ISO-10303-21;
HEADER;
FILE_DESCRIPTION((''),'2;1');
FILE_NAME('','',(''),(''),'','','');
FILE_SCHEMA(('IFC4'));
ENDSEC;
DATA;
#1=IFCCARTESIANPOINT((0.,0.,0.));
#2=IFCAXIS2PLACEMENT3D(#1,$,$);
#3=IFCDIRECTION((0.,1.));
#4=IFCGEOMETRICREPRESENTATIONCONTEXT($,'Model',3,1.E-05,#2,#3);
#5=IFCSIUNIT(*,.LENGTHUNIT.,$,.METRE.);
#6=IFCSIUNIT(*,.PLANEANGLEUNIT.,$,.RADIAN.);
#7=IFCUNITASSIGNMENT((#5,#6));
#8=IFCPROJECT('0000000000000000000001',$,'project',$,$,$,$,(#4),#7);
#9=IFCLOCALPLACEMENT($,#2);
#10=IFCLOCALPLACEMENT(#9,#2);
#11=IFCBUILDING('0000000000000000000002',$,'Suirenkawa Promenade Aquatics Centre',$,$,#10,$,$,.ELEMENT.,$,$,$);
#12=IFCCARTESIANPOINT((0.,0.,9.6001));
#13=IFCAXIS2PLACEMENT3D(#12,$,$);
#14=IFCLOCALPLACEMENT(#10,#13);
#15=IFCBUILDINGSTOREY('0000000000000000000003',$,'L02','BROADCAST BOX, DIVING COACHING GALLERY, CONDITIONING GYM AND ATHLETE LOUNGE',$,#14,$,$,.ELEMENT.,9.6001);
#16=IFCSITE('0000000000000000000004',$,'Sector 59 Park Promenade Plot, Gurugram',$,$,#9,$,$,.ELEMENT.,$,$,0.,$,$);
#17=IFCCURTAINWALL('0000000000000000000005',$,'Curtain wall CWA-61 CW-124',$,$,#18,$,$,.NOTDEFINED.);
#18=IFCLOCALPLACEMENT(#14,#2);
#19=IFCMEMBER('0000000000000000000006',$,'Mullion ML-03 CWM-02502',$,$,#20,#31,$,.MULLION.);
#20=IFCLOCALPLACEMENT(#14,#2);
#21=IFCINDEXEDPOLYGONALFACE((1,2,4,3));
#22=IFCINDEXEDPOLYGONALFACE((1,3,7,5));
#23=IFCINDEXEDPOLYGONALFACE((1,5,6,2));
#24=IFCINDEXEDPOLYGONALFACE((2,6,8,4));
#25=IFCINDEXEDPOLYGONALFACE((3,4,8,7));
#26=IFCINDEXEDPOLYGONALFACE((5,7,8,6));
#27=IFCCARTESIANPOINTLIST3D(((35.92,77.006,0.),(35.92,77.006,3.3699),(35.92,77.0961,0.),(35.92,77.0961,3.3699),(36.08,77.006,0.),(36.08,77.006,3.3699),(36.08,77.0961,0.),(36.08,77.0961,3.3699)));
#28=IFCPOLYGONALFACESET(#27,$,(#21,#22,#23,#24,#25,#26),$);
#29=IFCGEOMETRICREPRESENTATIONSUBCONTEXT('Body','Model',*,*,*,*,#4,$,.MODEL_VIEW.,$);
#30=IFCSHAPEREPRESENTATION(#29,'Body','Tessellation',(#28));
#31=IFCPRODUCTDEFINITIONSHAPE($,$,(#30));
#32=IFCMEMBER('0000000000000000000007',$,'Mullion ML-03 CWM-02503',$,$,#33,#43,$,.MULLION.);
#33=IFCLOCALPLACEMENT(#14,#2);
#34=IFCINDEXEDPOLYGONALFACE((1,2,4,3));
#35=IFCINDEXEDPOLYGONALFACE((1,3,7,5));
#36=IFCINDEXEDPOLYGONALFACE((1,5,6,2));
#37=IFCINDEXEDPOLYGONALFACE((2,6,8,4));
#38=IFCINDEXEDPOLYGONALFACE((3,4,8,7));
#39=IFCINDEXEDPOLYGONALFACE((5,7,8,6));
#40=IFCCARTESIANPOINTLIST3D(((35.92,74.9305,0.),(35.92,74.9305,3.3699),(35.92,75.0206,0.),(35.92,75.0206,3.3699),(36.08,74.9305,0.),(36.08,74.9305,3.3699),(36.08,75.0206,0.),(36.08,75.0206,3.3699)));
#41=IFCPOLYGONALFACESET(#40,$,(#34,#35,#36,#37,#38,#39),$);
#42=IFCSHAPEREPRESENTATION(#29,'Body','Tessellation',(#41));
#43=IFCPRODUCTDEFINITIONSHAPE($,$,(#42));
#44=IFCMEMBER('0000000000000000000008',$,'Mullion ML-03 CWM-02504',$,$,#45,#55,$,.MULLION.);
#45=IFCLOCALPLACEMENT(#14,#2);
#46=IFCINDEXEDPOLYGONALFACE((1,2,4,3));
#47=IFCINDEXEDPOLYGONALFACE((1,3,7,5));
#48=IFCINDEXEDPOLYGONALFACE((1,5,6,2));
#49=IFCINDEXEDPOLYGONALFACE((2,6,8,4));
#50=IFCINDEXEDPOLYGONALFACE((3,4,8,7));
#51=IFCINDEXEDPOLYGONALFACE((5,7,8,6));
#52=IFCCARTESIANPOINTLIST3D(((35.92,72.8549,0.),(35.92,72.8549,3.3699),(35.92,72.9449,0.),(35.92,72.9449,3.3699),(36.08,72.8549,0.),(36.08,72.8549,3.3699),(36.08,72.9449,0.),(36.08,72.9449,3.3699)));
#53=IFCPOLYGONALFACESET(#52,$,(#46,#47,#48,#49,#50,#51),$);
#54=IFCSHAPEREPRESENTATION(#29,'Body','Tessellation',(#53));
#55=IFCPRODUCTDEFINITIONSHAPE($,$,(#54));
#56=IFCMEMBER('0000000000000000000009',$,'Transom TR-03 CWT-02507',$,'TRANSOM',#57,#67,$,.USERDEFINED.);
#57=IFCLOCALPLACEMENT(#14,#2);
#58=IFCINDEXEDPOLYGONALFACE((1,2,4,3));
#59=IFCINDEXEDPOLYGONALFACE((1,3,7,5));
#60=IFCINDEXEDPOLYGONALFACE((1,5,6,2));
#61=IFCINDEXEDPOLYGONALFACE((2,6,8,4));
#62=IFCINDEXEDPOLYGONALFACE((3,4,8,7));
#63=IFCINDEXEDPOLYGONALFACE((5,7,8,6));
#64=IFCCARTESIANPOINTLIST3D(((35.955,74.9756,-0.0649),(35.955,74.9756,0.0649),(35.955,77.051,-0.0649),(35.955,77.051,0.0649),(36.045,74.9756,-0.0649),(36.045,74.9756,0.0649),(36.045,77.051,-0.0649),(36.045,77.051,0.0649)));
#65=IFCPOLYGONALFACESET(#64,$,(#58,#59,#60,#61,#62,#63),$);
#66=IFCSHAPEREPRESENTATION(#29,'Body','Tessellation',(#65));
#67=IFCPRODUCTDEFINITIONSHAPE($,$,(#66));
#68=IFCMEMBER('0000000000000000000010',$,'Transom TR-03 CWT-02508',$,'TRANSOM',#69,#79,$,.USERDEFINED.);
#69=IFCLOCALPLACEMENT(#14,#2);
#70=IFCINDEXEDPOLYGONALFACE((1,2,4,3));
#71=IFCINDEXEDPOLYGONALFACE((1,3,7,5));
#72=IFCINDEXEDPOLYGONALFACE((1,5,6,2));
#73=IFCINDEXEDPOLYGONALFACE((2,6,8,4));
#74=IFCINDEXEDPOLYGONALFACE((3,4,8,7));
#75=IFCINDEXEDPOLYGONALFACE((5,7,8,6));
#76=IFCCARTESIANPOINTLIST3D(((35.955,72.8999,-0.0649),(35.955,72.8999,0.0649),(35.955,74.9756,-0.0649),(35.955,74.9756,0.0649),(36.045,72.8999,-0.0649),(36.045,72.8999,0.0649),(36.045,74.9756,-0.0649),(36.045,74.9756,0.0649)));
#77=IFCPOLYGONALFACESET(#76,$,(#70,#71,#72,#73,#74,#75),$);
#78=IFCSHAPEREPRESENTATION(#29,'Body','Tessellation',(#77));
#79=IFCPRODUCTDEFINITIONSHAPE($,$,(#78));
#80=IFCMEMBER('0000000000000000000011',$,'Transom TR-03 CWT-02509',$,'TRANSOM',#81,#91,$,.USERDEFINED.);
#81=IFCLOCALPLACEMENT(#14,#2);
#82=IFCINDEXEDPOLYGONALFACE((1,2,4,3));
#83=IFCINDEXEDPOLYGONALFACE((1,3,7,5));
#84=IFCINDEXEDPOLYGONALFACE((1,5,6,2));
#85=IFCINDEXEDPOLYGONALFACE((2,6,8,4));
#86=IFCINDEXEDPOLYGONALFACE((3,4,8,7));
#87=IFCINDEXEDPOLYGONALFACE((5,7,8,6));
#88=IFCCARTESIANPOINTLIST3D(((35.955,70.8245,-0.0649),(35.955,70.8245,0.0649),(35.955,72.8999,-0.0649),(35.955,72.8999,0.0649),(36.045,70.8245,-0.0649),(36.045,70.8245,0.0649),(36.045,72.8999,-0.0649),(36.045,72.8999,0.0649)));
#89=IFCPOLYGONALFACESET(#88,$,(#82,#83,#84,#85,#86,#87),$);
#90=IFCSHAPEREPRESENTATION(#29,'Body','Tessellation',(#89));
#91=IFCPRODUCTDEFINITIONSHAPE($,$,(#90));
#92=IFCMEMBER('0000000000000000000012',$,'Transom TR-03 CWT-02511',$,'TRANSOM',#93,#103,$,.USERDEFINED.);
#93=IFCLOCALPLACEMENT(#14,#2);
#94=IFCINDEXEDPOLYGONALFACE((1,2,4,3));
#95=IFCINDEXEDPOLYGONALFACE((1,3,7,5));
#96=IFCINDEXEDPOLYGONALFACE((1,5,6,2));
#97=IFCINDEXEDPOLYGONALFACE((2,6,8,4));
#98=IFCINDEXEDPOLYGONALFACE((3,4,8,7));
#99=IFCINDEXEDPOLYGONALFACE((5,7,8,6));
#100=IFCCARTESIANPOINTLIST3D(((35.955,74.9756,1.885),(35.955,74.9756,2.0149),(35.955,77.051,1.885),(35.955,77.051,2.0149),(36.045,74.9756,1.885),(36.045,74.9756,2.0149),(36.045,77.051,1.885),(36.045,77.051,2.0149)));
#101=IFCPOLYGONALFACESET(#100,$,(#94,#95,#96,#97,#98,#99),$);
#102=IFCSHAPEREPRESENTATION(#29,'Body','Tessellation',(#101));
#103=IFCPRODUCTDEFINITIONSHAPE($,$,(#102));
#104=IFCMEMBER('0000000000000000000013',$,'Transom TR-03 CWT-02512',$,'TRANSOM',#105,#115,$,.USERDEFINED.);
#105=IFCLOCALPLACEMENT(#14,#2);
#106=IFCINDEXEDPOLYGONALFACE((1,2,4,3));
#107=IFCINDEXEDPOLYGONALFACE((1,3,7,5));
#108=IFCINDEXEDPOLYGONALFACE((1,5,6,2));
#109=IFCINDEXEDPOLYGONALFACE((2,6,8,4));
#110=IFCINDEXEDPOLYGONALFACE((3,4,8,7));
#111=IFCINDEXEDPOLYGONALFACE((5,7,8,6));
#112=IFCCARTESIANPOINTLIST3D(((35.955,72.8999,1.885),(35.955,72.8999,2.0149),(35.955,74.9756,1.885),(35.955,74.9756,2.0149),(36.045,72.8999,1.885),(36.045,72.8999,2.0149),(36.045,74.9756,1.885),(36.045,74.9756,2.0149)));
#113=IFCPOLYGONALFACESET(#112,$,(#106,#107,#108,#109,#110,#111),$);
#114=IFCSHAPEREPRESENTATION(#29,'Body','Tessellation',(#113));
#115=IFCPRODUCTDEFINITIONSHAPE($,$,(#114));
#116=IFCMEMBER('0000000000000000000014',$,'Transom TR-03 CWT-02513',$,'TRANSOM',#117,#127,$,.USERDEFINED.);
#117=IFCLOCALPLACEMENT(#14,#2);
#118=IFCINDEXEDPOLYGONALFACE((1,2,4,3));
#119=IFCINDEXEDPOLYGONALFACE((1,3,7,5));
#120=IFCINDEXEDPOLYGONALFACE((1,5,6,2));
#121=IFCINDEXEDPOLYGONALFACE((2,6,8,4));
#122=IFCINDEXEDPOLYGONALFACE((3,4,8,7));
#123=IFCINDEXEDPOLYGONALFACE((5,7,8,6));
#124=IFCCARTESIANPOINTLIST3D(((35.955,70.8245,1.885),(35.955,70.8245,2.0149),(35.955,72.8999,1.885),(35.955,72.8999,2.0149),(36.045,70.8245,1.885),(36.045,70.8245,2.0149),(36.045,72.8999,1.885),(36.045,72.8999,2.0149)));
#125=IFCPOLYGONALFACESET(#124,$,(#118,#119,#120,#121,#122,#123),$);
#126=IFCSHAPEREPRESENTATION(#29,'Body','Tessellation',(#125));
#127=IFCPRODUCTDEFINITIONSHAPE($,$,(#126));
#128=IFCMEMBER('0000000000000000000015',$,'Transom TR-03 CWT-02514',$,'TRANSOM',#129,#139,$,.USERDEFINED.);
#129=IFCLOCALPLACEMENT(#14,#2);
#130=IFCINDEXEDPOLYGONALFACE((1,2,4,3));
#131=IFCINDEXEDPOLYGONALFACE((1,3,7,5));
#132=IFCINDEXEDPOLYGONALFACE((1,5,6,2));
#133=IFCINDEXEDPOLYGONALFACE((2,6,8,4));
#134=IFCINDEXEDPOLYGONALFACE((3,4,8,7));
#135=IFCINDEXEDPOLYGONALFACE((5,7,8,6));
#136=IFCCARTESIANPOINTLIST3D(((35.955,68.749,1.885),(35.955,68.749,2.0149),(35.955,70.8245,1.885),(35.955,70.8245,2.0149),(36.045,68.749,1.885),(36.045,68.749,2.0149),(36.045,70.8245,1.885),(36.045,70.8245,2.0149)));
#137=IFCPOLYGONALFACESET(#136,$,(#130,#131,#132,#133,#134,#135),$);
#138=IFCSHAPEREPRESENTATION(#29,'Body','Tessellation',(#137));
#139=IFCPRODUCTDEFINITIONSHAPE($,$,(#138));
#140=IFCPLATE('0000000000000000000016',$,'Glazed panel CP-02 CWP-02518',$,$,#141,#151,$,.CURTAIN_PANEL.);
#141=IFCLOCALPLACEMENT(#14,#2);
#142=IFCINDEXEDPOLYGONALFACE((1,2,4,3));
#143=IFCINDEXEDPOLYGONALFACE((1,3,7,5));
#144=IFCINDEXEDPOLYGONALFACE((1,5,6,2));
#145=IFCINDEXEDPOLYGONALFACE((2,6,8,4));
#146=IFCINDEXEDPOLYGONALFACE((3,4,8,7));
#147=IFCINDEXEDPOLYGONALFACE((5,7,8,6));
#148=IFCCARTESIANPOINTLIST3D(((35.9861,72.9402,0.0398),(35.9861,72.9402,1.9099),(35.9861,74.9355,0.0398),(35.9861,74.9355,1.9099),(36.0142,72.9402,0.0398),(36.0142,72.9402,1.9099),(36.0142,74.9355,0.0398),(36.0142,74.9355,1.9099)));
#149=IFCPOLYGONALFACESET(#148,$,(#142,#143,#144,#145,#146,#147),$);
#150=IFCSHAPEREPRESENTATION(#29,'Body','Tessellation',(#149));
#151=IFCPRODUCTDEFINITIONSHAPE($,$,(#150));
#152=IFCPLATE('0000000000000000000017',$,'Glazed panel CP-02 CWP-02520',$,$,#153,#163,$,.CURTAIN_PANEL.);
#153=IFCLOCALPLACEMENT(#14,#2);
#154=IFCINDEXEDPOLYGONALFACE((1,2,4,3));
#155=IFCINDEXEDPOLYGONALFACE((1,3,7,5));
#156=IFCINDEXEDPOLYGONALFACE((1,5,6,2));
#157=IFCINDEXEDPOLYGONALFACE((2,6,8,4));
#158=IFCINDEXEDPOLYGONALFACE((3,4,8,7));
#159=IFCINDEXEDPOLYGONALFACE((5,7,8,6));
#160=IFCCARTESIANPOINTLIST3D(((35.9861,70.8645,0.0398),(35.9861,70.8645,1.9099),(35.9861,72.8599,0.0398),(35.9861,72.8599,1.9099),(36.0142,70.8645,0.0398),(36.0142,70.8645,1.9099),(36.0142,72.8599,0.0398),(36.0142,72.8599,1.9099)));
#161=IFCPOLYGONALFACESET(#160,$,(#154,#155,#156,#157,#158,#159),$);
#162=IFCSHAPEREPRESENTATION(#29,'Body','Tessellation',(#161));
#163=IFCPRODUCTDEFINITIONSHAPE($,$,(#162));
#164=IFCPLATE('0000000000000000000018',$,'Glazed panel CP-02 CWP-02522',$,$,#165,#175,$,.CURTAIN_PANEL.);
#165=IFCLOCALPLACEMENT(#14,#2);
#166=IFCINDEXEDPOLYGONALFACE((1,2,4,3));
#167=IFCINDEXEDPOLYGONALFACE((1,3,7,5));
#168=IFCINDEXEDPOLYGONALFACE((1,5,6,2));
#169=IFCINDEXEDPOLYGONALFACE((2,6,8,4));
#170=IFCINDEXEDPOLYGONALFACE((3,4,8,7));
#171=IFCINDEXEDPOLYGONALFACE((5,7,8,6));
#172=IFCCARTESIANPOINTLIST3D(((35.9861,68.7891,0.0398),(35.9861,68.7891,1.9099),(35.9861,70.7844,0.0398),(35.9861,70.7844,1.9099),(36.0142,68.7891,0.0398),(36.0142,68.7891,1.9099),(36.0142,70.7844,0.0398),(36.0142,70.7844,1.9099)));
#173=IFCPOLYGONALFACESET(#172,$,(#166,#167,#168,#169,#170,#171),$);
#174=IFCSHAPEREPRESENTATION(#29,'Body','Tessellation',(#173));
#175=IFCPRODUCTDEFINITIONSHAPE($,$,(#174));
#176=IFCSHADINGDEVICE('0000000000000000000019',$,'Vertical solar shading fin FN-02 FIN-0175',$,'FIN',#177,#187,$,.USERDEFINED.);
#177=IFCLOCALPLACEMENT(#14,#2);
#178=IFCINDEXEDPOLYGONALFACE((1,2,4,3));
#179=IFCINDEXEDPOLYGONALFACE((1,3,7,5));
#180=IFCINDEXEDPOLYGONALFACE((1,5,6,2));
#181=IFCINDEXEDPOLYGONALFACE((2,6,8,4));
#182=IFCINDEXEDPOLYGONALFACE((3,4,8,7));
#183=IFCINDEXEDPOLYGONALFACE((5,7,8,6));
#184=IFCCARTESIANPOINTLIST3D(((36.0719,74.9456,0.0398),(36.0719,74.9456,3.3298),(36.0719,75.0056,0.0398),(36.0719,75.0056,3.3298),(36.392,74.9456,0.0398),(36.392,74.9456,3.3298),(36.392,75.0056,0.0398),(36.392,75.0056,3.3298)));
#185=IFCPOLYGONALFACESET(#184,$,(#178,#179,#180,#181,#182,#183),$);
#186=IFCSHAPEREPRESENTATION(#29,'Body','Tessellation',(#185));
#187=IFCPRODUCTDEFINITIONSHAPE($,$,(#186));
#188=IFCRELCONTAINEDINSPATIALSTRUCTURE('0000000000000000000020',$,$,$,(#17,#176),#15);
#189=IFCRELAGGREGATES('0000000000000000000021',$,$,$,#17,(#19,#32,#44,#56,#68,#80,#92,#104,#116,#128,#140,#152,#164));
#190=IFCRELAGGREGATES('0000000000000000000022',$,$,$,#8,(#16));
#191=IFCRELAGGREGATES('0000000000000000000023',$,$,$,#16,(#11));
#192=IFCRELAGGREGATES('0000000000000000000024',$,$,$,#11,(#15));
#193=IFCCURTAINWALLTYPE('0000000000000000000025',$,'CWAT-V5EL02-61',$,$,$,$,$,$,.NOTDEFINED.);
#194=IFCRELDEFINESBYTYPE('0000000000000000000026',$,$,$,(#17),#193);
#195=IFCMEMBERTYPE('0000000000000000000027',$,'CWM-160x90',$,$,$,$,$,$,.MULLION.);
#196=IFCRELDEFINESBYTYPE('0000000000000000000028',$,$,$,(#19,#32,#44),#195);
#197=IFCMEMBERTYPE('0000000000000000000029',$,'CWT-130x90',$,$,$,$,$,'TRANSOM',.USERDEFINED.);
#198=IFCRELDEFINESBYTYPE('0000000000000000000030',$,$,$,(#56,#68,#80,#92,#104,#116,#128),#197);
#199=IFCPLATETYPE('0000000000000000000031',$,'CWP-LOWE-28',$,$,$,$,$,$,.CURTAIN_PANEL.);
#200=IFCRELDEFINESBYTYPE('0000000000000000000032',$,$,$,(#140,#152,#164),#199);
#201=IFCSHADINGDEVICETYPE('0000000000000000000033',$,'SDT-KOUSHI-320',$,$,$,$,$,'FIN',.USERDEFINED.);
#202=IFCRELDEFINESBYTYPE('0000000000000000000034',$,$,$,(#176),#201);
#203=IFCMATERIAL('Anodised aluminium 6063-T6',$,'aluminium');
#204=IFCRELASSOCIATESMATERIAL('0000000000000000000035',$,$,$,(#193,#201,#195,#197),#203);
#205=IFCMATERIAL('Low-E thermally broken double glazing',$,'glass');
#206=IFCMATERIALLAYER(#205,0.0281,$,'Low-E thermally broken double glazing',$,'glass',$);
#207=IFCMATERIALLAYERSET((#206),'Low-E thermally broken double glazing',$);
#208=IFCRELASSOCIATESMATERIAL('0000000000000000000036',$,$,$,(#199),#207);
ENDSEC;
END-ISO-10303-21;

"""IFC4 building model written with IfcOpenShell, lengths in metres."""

from ifc_helpers import new_model, si_unit, direction, frame, origin, origin_2d, place, context, subcontext, project, spatial, polyline, rectangle, outline, extrude, material, layer, layer_set, material_profile, profile_set, type_object, element, aggregate, save


model = new_model("IFC4")

# Units and contexts
model_context = context("Model", 3, precision=1e-05, world=origin(), true_north=direction((0.0, 1.0)))
body_context = subcontext(model_context, "Body", "Model", "MODEL_VIEW")
ifc_project = project(units=[si_unit("LENGTHUNIT", "METRE"), si_unit("PLANEANGLEUNIT", "RADIAN")], contexts=[model_context])

# Site, building, storey
site_placement = place(None, origin())
site = spatial("IfcSite", under=ifc_project, at=site_placement, Name="Sector 59 Park Promenade Plot, Gurugram", CompositionType="ELEMENT", RefElevation=0.0)
building_placement = place(site_placement, origin())
building = spatial("IfcBuilding", under=site, at=building_placement, Name="Suirenkawa Promenade Aquatics Centre", CompositionType="ELEMENT")
storey_placement = place(building_placement, frame((0.0, 0.0, 9.6001)))
storey = spatial("IfcBuildingStorey", under=building, at=storey_placement, Name="L02", Description="BROADCAST BOX, DIVING COACHING GALLERY, CONDITIONING GYM AND ATHLETE LOUNGE", CompositionType="ELEMENT", Elevation=9.6001)

# Curtain wall, members, plates
ifc_material_1 = material(Name="Anodised aluminium 6063-T6", Category="aluminium")
curtain_wall_type = type_object("IfcCurtainWallType", Name="CWAT-V5EL02-61", PredefinedType="NOTDEFINED", material=ifc_material_1)
curtain_wall_placement = place(storey_placement, origin())
curtain_wall = element("IfcCurtainWall", 1, at=curtain_wall_placement, inside=storey, type_object=curtain_wall_type, Name="Curtain wall CWA-61 CW-124", PredefinedType="NOTDEFINED")
ifc_material_profile_1 = material_profile(ifc_material_1, rectangle(XDim=0.0901, YDim=0.1599, at=origin_2d()), Name="ALU MULL 90x160", Category="aluminium")
ifc_profile_set_1 = profile_set([ifc_material_profile_1], Name="Anodised aluminium 6063-T6")
member_type_1 = type_object("IfcMemberType", Name="CWM-160x90", PredefinedType="MULLION", material=ifc_profile_set_1)
member_1_placement = place(storey_placement, frame((36.0, 77.051, 0.0), z_axis=(0.0, 0.0, 1.0), x_axis=(0.0, -1.0, 0.0)))
member_1 = element("IfcMember", 2, at=member_1_placement, type_object=member_type_1, Name="Mullion ML-03 CWM-02502", PredefinedType="MULLION", context=body_context, shape_type="SweptSolid", body=[
    extrude(rectangle(XDim=0.0901, YDim=0.1599, at=origin_2d()), origin(), (0.0, 0.0, 1.0), 3.3699),
])
member_2_placement = place(storey_placement, frame((36.0, 74.9756, 0.0), z_axis=(0.0, 0.0, 1.0), x_axis=(0.0, -1.0, 0.0)))
member_2 = element("IfcMember", 3, at=member_2_placement, type_object=member_type_1, Name="Mullion ML-03 CWM-02503", PredefinedType="MULLION", context=body_context, shape_type="SweptSolid", body=[
    extrude(rectangle(XDim=0.0901, YDim=0.1599, at=origin_2d()), origin(), (0.0, 0.0, 1.0), 3.3699),
])
member_3_placement = place(storey_placement, frame((36.0, 72.8999, 0.0), z_axis=(0.0, 0.0, 1.0), x_axis=(0.0, -1.0, 0.0)))
member_3 = element("IfcMember", 4, at=member_3_placement, type_object=member_type_1, Name="Mullion ML-03 CWM-02504", PredefinedType="MULLION", context=body_context, shape_type="SweptSolid", body=[
    extrude(rectangle(XDim=0.0901, YDim=0.1599, at=origin_2d()), origin(), (0.0, 0.0, 1.0), 3.3699),
])
ifc_material_profile_2 = material_profile(ifc_material_1, rectangle(XDim=0.0901, YDim=0.1299, at=origin_2d()), Name="ALU TRAN 90x130", Category="aluminium")
ifc_profile_set_2 = profile_set([ifc_material_profile_2], Name="Anodised aluminium 6063-T6")
member_type_2 = type_object("IfcMemberType", Name="CWT-130x90", ElementType="TRANSOM", PredefinedType="USERDEFINED", material=ifc_profile_set_2)
member_4_placement = place(storey_placement, frame((36.0, 77.051, 0.0), z_axis=(0.0, -1.0, 0.0), x_axis=(1.0, 0.0, 0.0)))
member_4 = element("IfcMember", 5, at=member_4_placement, type_object=member_type_2, Name="Transom TR-03 CWT-02507", ObjectType="TRANSOM", PredefinedType="USERDEFINED", context=body_context, shape_type="SweptSolid", body=[
    extrude(rectangle(XDim=0.0901, YDim=0.1299, at=origin_2d()), origin(), (0.0, 0.0, 1.0), 2.0754),
])
member_5_placement = place(storey_placement, frame((36.0, 74.9756, 0.0), z_axis=(0.0, -1.0, 0.0), x_axis=(1.0, 0.0, 0.0)))
member_5 = element("IfcMember", 6, at=member_5_placement, type_object=member_type_2, Name="Transom TR-03 CWT-02508", ObjectType="TRANSOM", PredefinedType="USERDEFINED", context=body_context, shape_type="SweptSolid", body=[
    extrude(rectangle(XDim=0.0901, YDim=0.1299, at=origin_2d()), origin(), (0.0, 0.0, 1.0), 2.0757),
])
member_6_placement = place(storey_placement, frame((36.0, 72.8999, 0.0), z_axis=(0.0, -1.0, 0.0), x_axis=(1.0, 0.0, 0.0)))
member_6 = element("IfcMember", 7, at=member_6_placement, type_object=member_type_2, Name="Transom TR-03 CWT-02509", ObjectType="TRANSOM", PredefinedType="USERDEFINED", context=body_context, shape_type="SweptSolid", body=[
    extrude(rectangle(XDim=0.0901, YDim=0.1299, at=origin_2d()), origin(), (0.0, 0.0, 1.0), 2.0754),
])
member_7_placement = place(storey_placement, frame((36.0, 77.051, 1.95), z_axis=(0.0, -1.0, 0.0), x_axis=(1.0, 0.0, 0.0)))
member_7 = element("IfcMember", 8, at=member_7_placement, type_object=member_type_2, Name="Transom TR-03 CWT-02511", ObjectType="TRANSOM", PredefinedType="USERDEFINED", context=body_context, shape_type="SweptSolid", body=[
    extrude(rectangle(XDim=0.0901, YDim=0.1299, at=origin_2d()), origin(), (0.0, 0.0, 1.0), 2.0754),
])
member_8_placement = place(storey_placement, frame((36.0, 74.9756, 1.95), z_axis=(0.0, -1.0, 0.0), x_axis=(1.0, 0.0, 0.0)))
member_8 = element("IfcMember", 9, at=member_8_placement, type_object=member_type_2, Name="Transom TR-03 CWT-02512", ObjectType="TRANSOM", PredefinedType="USERDEFINED", context=body_context, shape_type="SweptSolid", body=[
    extrude(rectangle(XDim=0.0901, YDim=0.1299, at=origin_2d()), origin(), (0.0, 0.0, 1.0), 2.0757),
])
member_9_placement = place(storey_placement, frame((36.0, 72.8999, 1.95), z_axis=(0.0, -1.0, 0.0), x_axis=(1.0, 0.0, 0.0)))
member_9 = element("IfcMember", 10, at=member_9_placement, type_object=member_type_2, Name="Transom TR-03 CWT-02513", ObjectType="TRANSOM", PredefinedType="USERDEFINED", context=body_context, shape_type="SweptSolid", body=[
    extrude(rectangle(XDim=0.0901, YDim=0.1299, at=origin_2d()), origin(), (0.0, 0.0, 1.0), 2.0754),
])
member_10_placement = place(storey_placement, frame((36.0, 70.8245, 1.95), z_axis=(0.0, -1.0, 0.0), x_axis=(1.0, 0.0, 0.0)))
member_10 = element("IfcMember", 11, at=member_10_placement, type_object=member_type_2, Name="Transom TR-03 CWT-02514", ObjectType="TRANSOM", PredefinedType="USERDEFINED", context=body_context, shape_type="SweptSolid", body=[
    extrude(rectangle(XDim=0.0901, YDim=0.1299, at=origin_2d()), origin(), (0.0, 0.0, 1.0), 2.0754),
])
ifc_material_2 = material(Name="Low-E thermally broken double glazing", Category="glass")
ifc_layer = layer(ifc_material_2, 0.0281, Name="Low-E thermally broken double glazing", Category="glass")
ifc_layer_set = layer_set([ifc_layer], Name="Low-E thermally broken double glazing")
plate_type = type_object("IfcPlateType", Name="CWP-LOWE-28", PredefinedType="CURTAIN_PANEL", material=ifc_layer_set)
plate_1_placement = place(storey_placement, frame((36.0, 74.9756, 0.0398), z_axis=(0.0, 0.0, 1.0), x_axis=(0.0, -1.0, 0.0)))
plate_1 = element("IfcPlate", 12, at=plate_1_placement, type_object=plate_type, Name="Glazed panel CP-02 CWP-02518", PredefinedType="CURTAIN_PANEL", context=body_context, shape_type="SweptSolid", body=[
    extrude(outline(polyline([(0.04, 0.0), (2.0354, 0.0), (2.0354, 1.8701), (0.04, 1.8701), (0.04, 0.0)])), frame((0.0, 0.0142, 0.0), z_axis=(0.0, -1.0, 0.0), x_axis=(1.0, 0.0, 0.0)), (0.0, 0.0, 1.0), 0.0281),
])
plate_2_placement = place(storey_placement, frame((36.0, 72.8999, 0.0398), z_axis=(0.0, 0.0, 1.0), x_axis=(0.0, -1.0, 0.0)))
plate_2 = element("IfcPlate", 13, at=plate_2_placement, type_object=plate_type, Name="Glazed panel CP-02 CWP-02520", PredefinedType="CURTAIN_PANEL", context=body_context, shape_type="SweptSolid", body=[
    extrude(outline(polyline([(0.04, 0.0), (2.0354, 0.0), (2.0354, 1.8701), (0.04, 1.8701), (0.04, 0.0)])), frame((0.0, 0.0142, 0.0), z_axis=(0.0, -1.0, 0.0), x_axis=(1.0, 0.0, 0.0)), (0.0, 0.0, 1.0), 0.0281),
])
plate_3_placement = place(storey_placement, frame((36.0, 70.8245, 0.0398), z_axis=(0.0, 0.0, 1.0), x_axis=(0.0, -1.0, 0.0)))
plate_3 = element("IfcPlate", 14, at=plate_3_placement, type_object=plate_type, Name="Glazed panel CP-02 CWP-02522", PredefinedType="CURTAIN_PANEL", context=body_context, shape_type="SweptSolid", body=[
    extrude(outline(polyline([(0.04, 0.0), (2.0354, 0.0), (2.0354, 1.8701), (0.04, 1.8701), (0.04, 0.0)])), frame((0.0, 0.0142, 0.0), z_axis=(0.0, -1.0, 0.0), x_axis=(1.0, 0.0, 0.0)), (0.0, 0.0, 1.0), 0.0281),
])
aggregate(curtain_wall, [member_1, member_2, member_3, member_4, member_5, member_6, member_7, member_8, member_9, member_10, plate_1, plate_2, plate_3])

# Shading device
shading_device_type = type_object("IfcShadingDeviceType", Name="SDT-KOUSHI-320", ElementType="FIN", PredefinedType="USERDEFINED", material=ifc_material_1)
for number, where, z_axis, x_axis, name in (
    (15, (36.2319, 74.9756, 0.0398), (0.0, 0.0, 1.0), (1.0, 0.0, 0.0), "Vertical solar shading fin FN-02 FIN-0175"),
):
    element("IfcShadingDevice", number, at=place(storey_placement, frame(where, z_axis=z_axis, x_axis=x_axis)), inside=storey, type_object=shading_device_type, Name=name, ObjectType="FIN", PredefinedType="USERDEFINED", context=body_context, shape_type="SweptSolid", body=[
        extrude(rectangle(XDim=0.3201, YDim=0.0601, at=origin_2d()), origin(), (0.0, 0.0, 1.0), 3.29),
    ])

save(model, "model.ifc")
